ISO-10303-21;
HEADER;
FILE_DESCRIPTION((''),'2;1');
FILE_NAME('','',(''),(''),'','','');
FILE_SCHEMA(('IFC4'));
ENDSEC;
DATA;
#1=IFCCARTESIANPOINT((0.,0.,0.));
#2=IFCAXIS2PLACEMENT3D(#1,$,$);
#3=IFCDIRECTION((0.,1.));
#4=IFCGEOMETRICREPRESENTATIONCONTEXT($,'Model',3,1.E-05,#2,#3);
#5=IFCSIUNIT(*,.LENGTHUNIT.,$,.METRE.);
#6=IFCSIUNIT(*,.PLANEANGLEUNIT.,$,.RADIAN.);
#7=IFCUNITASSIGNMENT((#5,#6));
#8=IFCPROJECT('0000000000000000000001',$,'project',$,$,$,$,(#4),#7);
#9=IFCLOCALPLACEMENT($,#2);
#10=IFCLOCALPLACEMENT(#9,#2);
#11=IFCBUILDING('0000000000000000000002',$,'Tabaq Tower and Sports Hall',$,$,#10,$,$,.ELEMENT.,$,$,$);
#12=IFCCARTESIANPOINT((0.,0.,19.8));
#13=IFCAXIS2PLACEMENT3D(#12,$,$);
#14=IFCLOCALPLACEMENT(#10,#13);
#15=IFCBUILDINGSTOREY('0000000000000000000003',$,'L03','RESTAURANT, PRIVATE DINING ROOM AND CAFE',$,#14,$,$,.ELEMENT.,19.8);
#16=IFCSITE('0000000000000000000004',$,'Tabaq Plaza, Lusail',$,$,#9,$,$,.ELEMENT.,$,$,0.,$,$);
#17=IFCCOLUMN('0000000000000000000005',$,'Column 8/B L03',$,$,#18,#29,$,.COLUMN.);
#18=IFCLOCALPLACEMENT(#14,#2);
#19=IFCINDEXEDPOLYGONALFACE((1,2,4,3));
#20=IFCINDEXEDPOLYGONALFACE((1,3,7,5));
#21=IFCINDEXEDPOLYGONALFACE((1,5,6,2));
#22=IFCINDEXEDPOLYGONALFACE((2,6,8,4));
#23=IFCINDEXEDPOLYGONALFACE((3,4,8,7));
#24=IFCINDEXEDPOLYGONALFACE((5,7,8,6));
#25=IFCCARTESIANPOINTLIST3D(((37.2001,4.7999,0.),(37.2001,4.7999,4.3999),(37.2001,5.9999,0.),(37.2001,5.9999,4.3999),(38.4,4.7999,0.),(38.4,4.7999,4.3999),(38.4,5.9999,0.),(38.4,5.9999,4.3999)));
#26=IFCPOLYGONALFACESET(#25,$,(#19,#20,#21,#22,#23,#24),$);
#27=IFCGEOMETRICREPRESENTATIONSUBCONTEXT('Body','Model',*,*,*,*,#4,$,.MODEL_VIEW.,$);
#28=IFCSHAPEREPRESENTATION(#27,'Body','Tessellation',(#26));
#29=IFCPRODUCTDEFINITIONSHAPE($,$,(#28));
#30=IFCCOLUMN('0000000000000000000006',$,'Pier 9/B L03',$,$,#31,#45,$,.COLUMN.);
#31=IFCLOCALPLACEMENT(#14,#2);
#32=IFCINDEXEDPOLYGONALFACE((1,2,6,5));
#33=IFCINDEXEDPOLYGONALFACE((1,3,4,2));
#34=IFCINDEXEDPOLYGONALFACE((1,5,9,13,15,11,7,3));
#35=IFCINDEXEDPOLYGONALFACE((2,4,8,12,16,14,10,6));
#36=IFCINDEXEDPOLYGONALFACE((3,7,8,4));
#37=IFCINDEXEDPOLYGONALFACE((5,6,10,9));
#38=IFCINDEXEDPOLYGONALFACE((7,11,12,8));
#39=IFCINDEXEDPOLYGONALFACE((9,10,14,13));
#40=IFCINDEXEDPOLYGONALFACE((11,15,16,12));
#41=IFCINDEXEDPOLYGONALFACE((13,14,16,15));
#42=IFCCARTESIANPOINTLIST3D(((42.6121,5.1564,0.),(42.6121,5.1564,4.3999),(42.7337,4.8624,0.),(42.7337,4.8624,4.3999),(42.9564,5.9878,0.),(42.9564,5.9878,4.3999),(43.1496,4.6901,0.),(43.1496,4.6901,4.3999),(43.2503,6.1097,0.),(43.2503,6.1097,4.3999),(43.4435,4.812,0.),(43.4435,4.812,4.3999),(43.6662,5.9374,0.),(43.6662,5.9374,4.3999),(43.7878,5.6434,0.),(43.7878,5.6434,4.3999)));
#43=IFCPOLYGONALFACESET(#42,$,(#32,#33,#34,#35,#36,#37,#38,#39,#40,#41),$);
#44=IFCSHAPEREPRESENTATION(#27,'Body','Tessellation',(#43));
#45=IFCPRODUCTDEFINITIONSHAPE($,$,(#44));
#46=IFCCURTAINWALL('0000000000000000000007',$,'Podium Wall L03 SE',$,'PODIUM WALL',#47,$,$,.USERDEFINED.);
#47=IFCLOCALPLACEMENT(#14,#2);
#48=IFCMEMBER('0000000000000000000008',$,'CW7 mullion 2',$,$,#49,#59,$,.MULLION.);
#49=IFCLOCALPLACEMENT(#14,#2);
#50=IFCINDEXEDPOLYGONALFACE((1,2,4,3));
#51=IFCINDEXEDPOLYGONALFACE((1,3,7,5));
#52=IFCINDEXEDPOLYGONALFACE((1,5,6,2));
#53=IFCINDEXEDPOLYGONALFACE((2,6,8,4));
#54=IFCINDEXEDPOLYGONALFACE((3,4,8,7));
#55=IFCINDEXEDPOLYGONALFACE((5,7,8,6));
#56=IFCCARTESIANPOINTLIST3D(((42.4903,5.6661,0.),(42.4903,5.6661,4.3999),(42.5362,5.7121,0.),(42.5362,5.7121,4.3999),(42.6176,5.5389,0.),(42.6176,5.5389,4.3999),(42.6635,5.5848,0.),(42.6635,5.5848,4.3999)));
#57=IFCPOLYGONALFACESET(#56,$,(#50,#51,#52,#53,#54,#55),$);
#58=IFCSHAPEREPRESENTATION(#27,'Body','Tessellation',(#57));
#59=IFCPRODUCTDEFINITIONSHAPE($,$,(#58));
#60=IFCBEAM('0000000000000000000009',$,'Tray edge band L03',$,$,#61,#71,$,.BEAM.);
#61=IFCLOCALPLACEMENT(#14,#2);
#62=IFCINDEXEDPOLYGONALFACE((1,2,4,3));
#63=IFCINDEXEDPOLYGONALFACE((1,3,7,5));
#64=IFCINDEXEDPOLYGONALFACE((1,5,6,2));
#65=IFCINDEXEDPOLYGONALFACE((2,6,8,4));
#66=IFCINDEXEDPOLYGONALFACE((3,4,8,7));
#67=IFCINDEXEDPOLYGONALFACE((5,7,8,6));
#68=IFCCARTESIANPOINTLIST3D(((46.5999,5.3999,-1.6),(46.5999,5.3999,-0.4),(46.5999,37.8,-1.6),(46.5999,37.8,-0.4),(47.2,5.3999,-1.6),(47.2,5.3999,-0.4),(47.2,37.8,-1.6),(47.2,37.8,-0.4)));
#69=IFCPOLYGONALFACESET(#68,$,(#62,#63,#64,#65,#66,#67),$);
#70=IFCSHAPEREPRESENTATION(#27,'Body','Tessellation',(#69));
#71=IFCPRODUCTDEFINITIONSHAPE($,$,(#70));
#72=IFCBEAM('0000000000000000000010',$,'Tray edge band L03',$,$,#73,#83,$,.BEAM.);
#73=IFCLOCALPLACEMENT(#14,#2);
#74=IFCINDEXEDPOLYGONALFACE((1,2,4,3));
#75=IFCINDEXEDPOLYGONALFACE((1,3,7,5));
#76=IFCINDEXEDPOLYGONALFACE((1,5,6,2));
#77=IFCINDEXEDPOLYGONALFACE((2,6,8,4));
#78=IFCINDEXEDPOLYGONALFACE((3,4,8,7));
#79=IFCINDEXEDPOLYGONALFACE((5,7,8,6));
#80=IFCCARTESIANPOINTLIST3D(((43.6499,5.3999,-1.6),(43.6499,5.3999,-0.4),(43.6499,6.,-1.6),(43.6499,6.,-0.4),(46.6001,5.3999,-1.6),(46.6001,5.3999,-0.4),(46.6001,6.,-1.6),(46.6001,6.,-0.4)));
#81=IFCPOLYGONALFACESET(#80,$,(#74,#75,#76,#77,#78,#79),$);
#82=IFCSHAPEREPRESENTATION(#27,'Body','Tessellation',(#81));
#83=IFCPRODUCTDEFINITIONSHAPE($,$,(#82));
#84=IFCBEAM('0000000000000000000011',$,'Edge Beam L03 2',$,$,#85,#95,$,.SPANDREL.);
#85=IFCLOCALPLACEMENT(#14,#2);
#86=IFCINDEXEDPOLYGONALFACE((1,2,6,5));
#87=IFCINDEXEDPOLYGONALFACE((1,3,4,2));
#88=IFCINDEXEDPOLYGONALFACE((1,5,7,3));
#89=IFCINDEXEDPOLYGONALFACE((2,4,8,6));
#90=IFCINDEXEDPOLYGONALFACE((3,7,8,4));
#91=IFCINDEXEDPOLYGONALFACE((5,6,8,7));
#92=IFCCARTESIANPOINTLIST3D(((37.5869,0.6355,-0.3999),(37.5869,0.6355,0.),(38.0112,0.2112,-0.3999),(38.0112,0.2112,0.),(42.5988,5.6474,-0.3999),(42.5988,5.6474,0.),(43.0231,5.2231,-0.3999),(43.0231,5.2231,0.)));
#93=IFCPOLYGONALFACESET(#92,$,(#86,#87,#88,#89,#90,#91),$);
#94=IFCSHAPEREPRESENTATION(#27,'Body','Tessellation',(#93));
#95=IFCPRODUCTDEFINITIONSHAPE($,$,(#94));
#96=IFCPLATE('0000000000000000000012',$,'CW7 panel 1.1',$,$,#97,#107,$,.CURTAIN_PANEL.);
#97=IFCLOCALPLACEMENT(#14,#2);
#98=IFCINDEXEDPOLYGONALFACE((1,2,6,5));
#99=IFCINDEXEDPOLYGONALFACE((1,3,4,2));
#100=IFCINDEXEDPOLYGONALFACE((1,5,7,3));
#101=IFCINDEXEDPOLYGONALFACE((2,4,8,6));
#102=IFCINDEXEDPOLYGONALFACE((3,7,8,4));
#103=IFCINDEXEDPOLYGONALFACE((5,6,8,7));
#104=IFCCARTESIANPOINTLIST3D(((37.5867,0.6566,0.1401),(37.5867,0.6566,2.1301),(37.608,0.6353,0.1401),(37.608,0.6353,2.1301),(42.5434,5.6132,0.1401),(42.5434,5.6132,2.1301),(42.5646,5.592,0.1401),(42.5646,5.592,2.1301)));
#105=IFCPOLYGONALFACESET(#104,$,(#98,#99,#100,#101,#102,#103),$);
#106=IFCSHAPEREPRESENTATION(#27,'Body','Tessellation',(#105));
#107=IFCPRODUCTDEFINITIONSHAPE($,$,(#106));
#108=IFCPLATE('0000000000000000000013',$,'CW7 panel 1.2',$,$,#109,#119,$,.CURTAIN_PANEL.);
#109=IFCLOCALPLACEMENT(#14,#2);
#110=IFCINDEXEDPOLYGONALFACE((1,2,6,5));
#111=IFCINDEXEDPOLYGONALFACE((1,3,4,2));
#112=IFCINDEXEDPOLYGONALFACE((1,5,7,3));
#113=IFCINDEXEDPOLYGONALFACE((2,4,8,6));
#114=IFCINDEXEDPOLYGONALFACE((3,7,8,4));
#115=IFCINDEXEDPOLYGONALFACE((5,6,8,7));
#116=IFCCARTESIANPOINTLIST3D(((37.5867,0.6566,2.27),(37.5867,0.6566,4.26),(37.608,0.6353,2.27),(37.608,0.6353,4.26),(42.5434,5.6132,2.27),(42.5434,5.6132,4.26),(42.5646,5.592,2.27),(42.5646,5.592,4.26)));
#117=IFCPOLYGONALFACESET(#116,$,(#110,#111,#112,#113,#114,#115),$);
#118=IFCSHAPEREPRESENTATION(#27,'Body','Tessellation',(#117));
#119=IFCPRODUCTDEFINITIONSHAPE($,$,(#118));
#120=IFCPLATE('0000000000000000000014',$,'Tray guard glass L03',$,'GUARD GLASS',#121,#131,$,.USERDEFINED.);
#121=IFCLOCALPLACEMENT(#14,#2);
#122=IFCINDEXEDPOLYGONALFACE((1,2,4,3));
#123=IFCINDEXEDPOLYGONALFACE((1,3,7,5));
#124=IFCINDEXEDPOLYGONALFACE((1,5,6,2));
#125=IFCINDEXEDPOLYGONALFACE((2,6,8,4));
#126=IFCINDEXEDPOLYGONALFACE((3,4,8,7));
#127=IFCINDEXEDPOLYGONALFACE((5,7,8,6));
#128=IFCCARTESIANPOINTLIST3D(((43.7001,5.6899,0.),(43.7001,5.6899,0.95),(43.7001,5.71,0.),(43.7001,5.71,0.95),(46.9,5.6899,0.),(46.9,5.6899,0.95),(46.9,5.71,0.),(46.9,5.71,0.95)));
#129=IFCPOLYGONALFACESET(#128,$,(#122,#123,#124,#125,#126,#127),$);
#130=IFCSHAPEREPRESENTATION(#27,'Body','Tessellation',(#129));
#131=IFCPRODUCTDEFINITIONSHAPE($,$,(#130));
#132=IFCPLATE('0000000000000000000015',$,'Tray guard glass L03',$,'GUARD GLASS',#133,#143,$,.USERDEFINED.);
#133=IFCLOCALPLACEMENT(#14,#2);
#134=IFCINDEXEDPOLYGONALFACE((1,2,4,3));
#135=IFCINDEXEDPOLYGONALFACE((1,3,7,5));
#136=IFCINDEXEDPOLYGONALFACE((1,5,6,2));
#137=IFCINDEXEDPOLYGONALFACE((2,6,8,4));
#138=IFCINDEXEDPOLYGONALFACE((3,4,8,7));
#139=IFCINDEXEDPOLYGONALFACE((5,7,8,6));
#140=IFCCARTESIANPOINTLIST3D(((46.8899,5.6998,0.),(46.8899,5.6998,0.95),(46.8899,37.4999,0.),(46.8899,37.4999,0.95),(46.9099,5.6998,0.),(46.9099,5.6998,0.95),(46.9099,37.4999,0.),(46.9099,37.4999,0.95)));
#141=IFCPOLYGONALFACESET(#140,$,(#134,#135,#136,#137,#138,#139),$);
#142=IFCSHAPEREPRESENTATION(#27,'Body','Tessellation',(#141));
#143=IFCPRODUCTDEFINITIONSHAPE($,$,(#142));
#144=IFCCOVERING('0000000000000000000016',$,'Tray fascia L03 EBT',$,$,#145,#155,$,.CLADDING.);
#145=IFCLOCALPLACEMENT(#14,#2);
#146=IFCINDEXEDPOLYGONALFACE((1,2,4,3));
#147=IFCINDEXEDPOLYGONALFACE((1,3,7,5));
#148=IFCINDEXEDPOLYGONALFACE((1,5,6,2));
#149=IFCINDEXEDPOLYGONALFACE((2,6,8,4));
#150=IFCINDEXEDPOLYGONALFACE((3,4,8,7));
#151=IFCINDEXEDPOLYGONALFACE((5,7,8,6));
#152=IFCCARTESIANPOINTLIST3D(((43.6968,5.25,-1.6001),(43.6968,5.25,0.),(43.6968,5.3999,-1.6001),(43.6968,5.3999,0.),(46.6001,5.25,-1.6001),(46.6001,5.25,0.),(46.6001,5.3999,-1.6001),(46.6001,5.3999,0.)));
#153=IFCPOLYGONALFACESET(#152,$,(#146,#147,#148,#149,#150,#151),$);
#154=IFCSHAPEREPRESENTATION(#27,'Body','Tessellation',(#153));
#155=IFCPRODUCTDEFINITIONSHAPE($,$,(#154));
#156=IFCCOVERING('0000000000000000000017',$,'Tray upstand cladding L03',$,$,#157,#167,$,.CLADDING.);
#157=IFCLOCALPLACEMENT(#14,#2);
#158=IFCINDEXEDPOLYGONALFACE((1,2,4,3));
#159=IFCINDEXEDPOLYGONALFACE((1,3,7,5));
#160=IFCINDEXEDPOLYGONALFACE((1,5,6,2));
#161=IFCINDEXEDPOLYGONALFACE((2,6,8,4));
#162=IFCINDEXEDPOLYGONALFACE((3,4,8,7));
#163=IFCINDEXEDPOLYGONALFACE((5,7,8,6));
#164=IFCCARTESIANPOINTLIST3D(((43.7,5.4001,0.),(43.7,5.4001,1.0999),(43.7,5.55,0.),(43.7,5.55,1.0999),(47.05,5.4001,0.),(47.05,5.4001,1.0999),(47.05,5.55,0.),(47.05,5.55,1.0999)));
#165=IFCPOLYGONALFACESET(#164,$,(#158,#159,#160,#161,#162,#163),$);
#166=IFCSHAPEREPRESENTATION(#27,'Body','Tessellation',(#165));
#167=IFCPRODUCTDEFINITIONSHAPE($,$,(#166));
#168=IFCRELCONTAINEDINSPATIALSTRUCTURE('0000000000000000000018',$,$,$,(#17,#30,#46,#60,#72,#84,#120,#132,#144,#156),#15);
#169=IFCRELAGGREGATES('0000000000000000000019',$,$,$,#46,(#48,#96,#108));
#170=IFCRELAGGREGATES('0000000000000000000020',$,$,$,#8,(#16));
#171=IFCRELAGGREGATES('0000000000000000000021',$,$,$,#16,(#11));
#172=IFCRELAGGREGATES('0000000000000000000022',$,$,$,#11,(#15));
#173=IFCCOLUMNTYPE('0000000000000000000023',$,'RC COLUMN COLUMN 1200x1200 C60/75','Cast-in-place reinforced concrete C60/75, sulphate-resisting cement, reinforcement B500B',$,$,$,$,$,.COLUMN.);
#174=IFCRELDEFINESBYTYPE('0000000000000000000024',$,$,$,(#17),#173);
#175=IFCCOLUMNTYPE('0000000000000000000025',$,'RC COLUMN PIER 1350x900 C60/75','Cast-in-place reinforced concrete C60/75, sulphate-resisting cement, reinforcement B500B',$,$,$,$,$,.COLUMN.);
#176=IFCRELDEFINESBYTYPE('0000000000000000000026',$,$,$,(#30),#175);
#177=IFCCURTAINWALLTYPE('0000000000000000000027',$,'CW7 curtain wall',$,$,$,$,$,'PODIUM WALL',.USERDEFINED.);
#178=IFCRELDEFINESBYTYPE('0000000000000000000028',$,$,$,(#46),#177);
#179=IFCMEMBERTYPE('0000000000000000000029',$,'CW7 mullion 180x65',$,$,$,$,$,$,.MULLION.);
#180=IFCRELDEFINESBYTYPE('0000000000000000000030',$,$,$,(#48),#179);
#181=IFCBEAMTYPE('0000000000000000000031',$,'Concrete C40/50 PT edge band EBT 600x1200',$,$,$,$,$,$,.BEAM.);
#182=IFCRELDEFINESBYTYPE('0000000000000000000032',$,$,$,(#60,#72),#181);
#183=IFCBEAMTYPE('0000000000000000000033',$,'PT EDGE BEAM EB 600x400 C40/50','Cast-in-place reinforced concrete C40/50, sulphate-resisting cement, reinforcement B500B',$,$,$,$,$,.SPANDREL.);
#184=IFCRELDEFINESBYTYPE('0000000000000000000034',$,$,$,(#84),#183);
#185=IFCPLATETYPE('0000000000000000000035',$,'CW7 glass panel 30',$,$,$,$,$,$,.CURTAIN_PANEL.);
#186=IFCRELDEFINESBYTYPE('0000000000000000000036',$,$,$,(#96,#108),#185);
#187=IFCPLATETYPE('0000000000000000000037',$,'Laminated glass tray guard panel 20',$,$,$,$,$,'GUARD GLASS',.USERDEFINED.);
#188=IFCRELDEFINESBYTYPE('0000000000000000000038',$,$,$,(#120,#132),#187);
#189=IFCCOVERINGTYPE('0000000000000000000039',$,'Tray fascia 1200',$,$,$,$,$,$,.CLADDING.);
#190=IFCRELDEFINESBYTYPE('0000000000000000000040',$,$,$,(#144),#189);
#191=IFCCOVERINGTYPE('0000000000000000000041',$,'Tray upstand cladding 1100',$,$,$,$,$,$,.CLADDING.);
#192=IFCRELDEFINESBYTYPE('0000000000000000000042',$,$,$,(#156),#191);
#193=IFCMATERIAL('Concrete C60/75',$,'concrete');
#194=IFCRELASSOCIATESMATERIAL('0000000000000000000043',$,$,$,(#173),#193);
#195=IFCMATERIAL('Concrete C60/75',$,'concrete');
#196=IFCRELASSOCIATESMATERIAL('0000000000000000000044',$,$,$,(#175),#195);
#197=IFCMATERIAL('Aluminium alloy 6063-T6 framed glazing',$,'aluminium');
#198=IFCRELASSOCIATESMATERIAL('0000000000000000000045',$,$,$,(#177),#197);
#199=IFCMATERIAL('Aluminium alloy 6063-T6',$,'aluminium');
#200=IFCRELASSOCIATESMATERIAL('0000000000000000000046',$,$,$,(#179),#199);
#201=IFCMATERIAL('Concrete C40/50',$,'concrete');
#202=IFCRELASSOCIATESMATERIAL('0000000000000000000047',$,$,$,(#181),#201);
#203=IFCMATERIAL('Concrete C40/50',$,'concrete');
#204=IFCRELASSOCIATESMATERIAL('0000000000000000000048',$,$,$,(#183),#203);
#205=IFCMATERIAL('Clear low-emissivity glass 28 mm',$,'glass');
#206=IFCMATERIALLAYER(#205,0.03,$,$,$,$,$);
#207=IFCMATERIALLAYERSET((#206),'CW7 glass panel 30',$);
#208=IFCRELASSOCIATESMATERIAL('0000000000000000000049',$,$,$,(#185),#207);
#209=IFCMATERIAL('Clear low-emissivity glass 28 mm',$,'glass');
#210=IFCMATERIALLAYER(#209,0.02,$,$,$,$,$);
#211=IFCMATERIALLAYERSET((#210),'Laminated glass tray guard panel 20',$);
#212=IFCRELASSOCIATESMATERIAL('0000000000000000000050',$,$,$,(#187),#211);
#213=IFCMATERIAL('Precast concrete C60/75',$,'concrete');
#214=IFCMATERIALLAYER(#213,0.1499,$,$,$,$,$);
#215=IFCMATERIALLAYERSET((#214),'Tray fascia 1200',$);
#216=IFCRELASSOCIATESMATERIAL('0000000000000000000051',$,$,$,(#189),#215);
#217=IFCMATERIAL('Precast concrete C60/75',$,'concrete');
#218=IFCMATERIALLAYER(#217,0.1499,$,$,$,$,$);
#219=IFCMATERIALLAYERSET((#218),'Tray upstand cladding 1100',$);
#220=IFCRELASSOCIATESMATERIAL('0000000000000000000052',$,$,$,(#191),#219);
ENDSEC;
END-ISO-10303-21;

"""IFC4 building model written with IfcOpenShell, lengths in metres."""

from ifc_helpers import new_model, si_unit, direction, frame, frame_2d, origin, origin_2d, place, context, subcontext, project, spatial, polyline, rectangle, outline, extrude, material, layer, layer_set, material_profile, profile_set, type_object, element, aggregate, save


model = new_model("IFC4")

# Units and contexts
model_context = context("Model", 3, precision=1e-05, world=origin(), true_north=direction((0.0, 1.0)))
body_context = subcontext(model_context, "Body", "Model", "MODEL_VIEW")
ifc_project = project(units=[si_unit("LENGTHUNIT", "METRE"), si_unit("PLANEANGLEUNIT", "RADIAN")], contexts=[model_context])

# Site, building, storey
site_placement = place(None, origin())
site = spatial("IfcSite", under=ifc_project, at=site_placement, Name="Tabaq Plaza, Lusail", CompositionType="ELEMENT", RefElevation=0.0)
building_placement = place(site_placement, origin())
building = spatial("IfcBuilding", under=site, at=building_placement, Name="Tabaq Tower and Sports Hall", CompositionType="ELEMENT")
storey_placement = place(building_placement, frame((0.0, 0.0, 19.8)))
storey = spatial("IfcBuildingStorey", under=building, at=storey_placement, Name="L03", Description="RESTAURANT, PRIVATE DINING ROOM AND CAFE", CompositionType="ELEMENT", Elevation=19.8)

# Columns
ifc_material_1 = material(Name="Concrete C60/75", Category="concrete")
ifc_material_profile_1 = material_profile(ifc_material_1, rectangle(XDim=1.2, YDim=1.2, at=origin_2d()), Name="COLUMN 1200x1200")
ifc_profile_set_1 = profile_set([ifc_material_profile_1], Name="Concrete C60/75")
column_type_1 = type_object("IfcColumnType", Name="RC COLUMN COLUMN 1200x1200 C60/75", Description="Cast-in-place reinforced concrete C60/75, sulphate-resisting cement, reinforcement B500B", PredefinedType="COLUMN", material=ifc_profile_set_1)
column_1_placement = place(storey_placement, frame((37.8, 5.3999, 0.0), z_axis=(0.0, 0.0, 1.0), x_axis=(1.0, 0.0, 0.0)))
element("IfcColumn", 1, at=column_1_placement, inside=storey, type_object=column_type_1, Name="Column 8/B L03", PredefinedType="COLUMN", context=body_context, shape_type="SweptSolid", body=[
    extrude(rectangle(XDim=1.2, YDim=1.2, at=origin_2d()), origin(), (0.0, 0.0, 1.0), 4.3999),
])
ifc_material_2 = material(Name="Concrete C60/75", Category="concrete")
ifc_material_profile_2 = material_profile(ifc_material_2, outline(polyline([(-0.45, -0.45), (0.45, -0.45), (0.675, -0.2251), (0.675, 0.2251), (0.45, 0.45), (-0.45, 0.45), (-0.675, 0.2251), (-0.675, -0.2251), (-0.45, -0.45)])), Name="PIER 1350x900")
ifc_profile_set_2 = profile_set([ifc_material_profile_2], Name="Concrete C60/75")
column_type_2 = type_object("IfcColumnType", Name="RC COLUMN PIER 1350x900 C60/75", Description="Cast-in-place reinforced concrete C60/75, sulphate-resisting cement, reinforcement B500B", PredefinedType="COLUMN", material=ifc_profile_set_2)
column_2_placement = place(storey_placement, frame((43.2, 5.3999, 0.0), z_axis=(0.0, 0.0, 1.0), x_axis=(0.382683, 0.92388, 0.0)))
element("IfcColumn", 2, at=column_2_placement, inside=storey, type_object=column_type_2, Name="Pier 9/B L03", PredefinedType="COLUMN", context=body_context, shape_type="SweptSolid", body=[
    extrude(outline(polyline([(-0.45, -0.45), (0.45, -0.45), (0.675, -0.2251), (0.675, 0.2251), (0.45, 0.45), (-0.45, 0.45), (-0.675, 0.2251), (-0.675, -0.2251), (-0.45, -0.45)])), origin(), (0.0, 0.0, 1.0), 4.3999),
])

# Curtain wall, member
ifc_material_3 = material(Name="Aluminium alloy 6063-T6 framed glazing", Category="aluminium")
curtain_wall_type = type_object("IfcCurtainWallType", Name="CW7 curtain wall", ElementType="PODIUM WALL", PredefinedType="USERDEFINED", material=ifc_material_3)
curtain_wall_placement = place(storey_placement, origin())
curtain_wall = element("IfcCurtainWall", 3, at=curtain_wall_placement, inside=storey, type_object=curtain_wall_type, Name="Podium Wall L03 SE", ObjectType="PODIUM WALL", PredefinedType="USERDEFINED")
ifc_material_4 = material(Name="Aluminium alloy 6063-T6", Category="aluminium")
ifc_material_profile_3 = material_profile(ifc_material_4, rectangle(XDim=0.1799, YDim=0.0649, at=origin_2d()), Name="MULLION 180x65")
ifc_profile_set_3 = profile_set([ifc_material_profile_3], Name="Aluminium alloy 6063-T6")
member_type = type_object("IfcMemberType", Name="CW7 mullion 180x65", PredefinedType="MULLION", material=ifc_profile_set_3)
member_placement = place(storey_placement, frame((42.5769, 5.6255, 0.0), z_axis=(0.0, 0.0, 1.0), x_axis=(-0.707107, 0.707107, 0.0)))
member = element("IfcMember", 4, at=member_placement, type_object=member_type, Name="CW7 mullion 2", PredefinedType="MULLION", context=body_context, shape_type="SweptSolid", body=[
    extrude(rectangle(XDim=0.1799, YDim=0.0649, at=origin_2d()), origin(), (0.0, 0.0, 1.0), 4.3999),
])

# Beams
ifc_material_5 = material(Name="Concrete C40/50", Category="concrete")
ifc_material_profile_4 = material_profile(ifc_material_5, rectangle(XDim=0.6001, YDim=1.2, at=origin_2d()), Name="EBT 600x1200")
ifc_profile_set_4 = profile_set([ifc_material_profile_4], Name="Concrete C40/50")
beam_type_1 = type_object("IfcBeamType", Name="Concrete C40/50 PT edge band EBT 600x1200", PredefinedType="BEAM", material=ifc_profile_set_4)
beam_1_placement = place(storey_placement, frame((46.8999, 5.3999, -1.0), z_axis=(0.0, 1.0, 0.0), x_axis=(-1.0, 0.0, 0.0)))
element("IfcBeam", 5, at=beam_1_placement, inside=storey, type_object=beam_type_1, Name="Tray edge band L03", PredefinedType="BEAM", context=body_context, shape_type="SweptSolid", body=[
    extrude(rectangle(XDim=0.6001, YDim=1.2, at=origin_2d()), origin(), (0.0, 0.0, 1.0), 32.4001),
])
beam_2_placement = place(storey_placement, frame((43.6499, 5.7, -1.0), z_axis=(1.0, 0.0, 0.0), x_axis=(0.0, 1.0, 0.0)))
element("IfcBeam", 6, at=beam_2_placement, inside=storey, type_object=beam_type_1, Name="Tray edge band L03", PredefinedType="BEAM", context=body_context, shape_type="SweptSolid", body=[
    extrude(rectangle(XDim=0.6001, YDim=1.2, at=origin_2d()), origin(), (0.0, 0.0, 1.0), 2.9502),
])
ifc_material_6 = material(Name="Concrete C40/50", Category="concrete")
ifc_material_profile_5 = material_profile(ifc_material_6, rectangle(XDim=0.6001, YDim=0.3999, at=origin_2d()), Name="EB 600x400")
ifc_profile_set_5 = profile_set([ifc_material_profile_5], Name="Concrete C40/50")
beam_type_2 = type_object("IfcBeamType", Name="PT EDGE BEAM EB 600x400 C40/50", Description="Cast-in-place reinforced concrete C40/50, sulphate-resisting cement, reinforcement B500B", PredefinedType="SPANDREL", material=ifc_profile_set_5)
beam_3_placement = place(storey_placement, frame((37.7991, 0.4233, -0.2), z_axis=(0.707107, 0.707107, 0.0), x_axis=(-0.707107, 0.707107, 0.0)))
element("IfcBeam", 7, at=beam_3_placement, inside=storey, type_object=beam_type_2, Name="Edge Beam L03 2", PredefinedType="SPANDREL", context=body_context, shape_type="SweptSolid", body=[
    extrude(rectangle(XDim=0.6001, YDim=0.3999, at=origin_2d()), origin(), (0.0, 0.0, 1.0), 7.0879),
])

# Plates
ifc_material_7 = material(Name="Clear low-emissivity glass 28 mm", Category="glass")
ifc_layer_1 = layer(ifc_material_7, 0.03)
ifc_layer_set_1 = layer_set([ifc_layer_1], Name="CW7 glass panel 30")
plate_type_1 = type_object("IfcPlateType", Name="CW7 glass panel 30", PredefinedType="CURTAIN_PANEL", material=ifc_layer_set_1)
plate_1_placement = place(storey_placement, frame((40.0757, 3.1243, 0.1401), z_axis=(0.0, 0.0, 1.0), x_axis=(0.707107, 0.707107, 0.0)))
plate_1 = element("IfcPlate", 8, at=plate_1_placement, type_object=plate_type_1, Name="CW7 panel 1.1", PredefinedType="CURTAIN_PANEL", context=body_context, shape_type="SweptSolid", body=[
    extrude(rectangle(XDim=7.0098, YDim=0.03, at=origin_2d()), origin(), (0.0, 0.0, 1.0), 1.99),
])
plate_2_placement = place(storey_placement, frame((40.0757, 3.1243, 2.27), z_axis=(0.0, 0.0, 1.0), x_axis=(0.707107, 0.707107, 0.0)))
plate_2 = element("IfcPlate", 9, at=plate_2_placement, type_object=plate_type_1, Name="CW7 panel 1.2", PredefinedType="CURTAIN_PANEL", context=body_context, shape_type="SweptSolid", body=[
    extrude(rectangle(XDim=7.0098, YDim=0.03, at=origin_2d()), origin(), (0.0, 0.0, 1.0), 1.99),
])
aggregate(curtain_wall, [member, plate_1, plate_2])

# Plates
ifc_material_8 = material(Name="Clear low-emissivity glass 28 mm", Category="glass")
ifc_layer_2 = layer(ifc_material_8, 0.02)
ifc_layer_set_2 = layer_set([ifc_layer_2], Name="Laminated glass tray guard panel 20")
plate_type_2 = type_object("IfcPlateType", Name="Laminated glass tray guard panel 20", ElementType="GUARD GLASS", PredefinedType="USERDEFINED", material=ifc_layer_set_2)
plate_3_placement = place(storey_placement, frame((43.7, 5.7, 0.0), z_axis=(0.0, 0.0, 1.0), x_axis=(1.0, 0.0, 0.0)))
element("IfcPlate", 10, at=plate_3_placement, inside=storey, type_object=plate_type_2, Name="Tray guard glass L03", ObjectType="GUARD GLASS", PredefinedType="USERDEFINED", context=body_context, shape_type="SweptSolid", body=[
    extrude(rectangle(XDim=3.2, YDim=0.02, at=frame_2d((1.6001, 0.0))), origin(), (0.0, 0.0, 1.0), 0.95),
])
plate_4_placement = place(storey_placement, frame((46.8999, 5.7, 0.0), z_axis=(0.0, 0.0, 1.0), x_axis=(0.0, 1.0, 0.0)))
element("IfcPlate", 11, at=plate_4_placement, inside=storey, type_object=plate_type_2, Name="Tray guard glass L03", ObjectType="GUARD GLASS", PredefinedType="USERDEFINED", context=body_context, shape_type="SweptSolid", body=[
    extrude(rectangle(XDim=31.8, YDim=0.02, at=frame_2d((15.8999, 0.0))), origin(), (0.0, 0.0, 1.0), 0.95),
])

# Coverings
ifc_material_9 = material(Name="Precast concrete C60/75", Category="concrete")
ifc_layer_3 = layer(ifc_material_9, 0.1499)
ifc_layer_set_3 = layer_set([ifc_layer_3], Name="Tray fascia 1200")
covering_type_1 = type_object("IfcCoveringType", Name="Tray fascia 1200", PredefinedType="CLADDING", material=ifc_layer_set_3)
covering_1_placement = place(storey_placement, frame((43.6968, 5.325, -1.6001), z_axis=(0.0, 0.0, 1.0), x_axis=(1.0, 0.0, 0.0)))
element("IfcCovering", 12, at=covering_1_placement, inside=storey, type_object=covering_type_1, Name="Tray fascia L03 EBT", PredefinedType="CLADDING", context=body_context, shape_type="SweptSolid", body=[
    extrude(rectangle(XDim=2.9033, YDim=0.1499, at=frame_2d((1.4517, 0.0))), origin(), (0.0, 0.0, 1.0), 1.6001),
])
ifc_material_10 = material(Name="Precast concrete C60/75", Category="concrete")
ifc_layer_4 = layer(ifc_material_10, 0.1499)
ifc_layer_set_4 = layer_set([ifc_layer_4], Name="Tray upstand cladding 1100")
covering_type_2 = type_object("IfcCoveringType", Name="Tray upstand cladding 1100", PredefinedType="CLADDING", material=ifc_layer_set_4)
covering_2_placement = place(storey_placement, frame((43.7, 5.4751, 0.0), z_axis=(0.0, 0.0, 1.0), x_axis=(1.0, 0.0, 0.0)))
element("IfcCovering", 13, at=covering_2_placement, inside=storey, type_object=covering_type_2, Name="Tray upstand cladding L03", PredefinedType="CLADDING", context=body_context, shape_type="SweptSolid", body=[
    extrude(rectangle(XDim=3.3501, YDim=0.1499, at=frame_2d((1.675, 0.0))), origin(), (0.0, 0.0, 1.0), 1.0999),
])

save(model, "model.ifc")
